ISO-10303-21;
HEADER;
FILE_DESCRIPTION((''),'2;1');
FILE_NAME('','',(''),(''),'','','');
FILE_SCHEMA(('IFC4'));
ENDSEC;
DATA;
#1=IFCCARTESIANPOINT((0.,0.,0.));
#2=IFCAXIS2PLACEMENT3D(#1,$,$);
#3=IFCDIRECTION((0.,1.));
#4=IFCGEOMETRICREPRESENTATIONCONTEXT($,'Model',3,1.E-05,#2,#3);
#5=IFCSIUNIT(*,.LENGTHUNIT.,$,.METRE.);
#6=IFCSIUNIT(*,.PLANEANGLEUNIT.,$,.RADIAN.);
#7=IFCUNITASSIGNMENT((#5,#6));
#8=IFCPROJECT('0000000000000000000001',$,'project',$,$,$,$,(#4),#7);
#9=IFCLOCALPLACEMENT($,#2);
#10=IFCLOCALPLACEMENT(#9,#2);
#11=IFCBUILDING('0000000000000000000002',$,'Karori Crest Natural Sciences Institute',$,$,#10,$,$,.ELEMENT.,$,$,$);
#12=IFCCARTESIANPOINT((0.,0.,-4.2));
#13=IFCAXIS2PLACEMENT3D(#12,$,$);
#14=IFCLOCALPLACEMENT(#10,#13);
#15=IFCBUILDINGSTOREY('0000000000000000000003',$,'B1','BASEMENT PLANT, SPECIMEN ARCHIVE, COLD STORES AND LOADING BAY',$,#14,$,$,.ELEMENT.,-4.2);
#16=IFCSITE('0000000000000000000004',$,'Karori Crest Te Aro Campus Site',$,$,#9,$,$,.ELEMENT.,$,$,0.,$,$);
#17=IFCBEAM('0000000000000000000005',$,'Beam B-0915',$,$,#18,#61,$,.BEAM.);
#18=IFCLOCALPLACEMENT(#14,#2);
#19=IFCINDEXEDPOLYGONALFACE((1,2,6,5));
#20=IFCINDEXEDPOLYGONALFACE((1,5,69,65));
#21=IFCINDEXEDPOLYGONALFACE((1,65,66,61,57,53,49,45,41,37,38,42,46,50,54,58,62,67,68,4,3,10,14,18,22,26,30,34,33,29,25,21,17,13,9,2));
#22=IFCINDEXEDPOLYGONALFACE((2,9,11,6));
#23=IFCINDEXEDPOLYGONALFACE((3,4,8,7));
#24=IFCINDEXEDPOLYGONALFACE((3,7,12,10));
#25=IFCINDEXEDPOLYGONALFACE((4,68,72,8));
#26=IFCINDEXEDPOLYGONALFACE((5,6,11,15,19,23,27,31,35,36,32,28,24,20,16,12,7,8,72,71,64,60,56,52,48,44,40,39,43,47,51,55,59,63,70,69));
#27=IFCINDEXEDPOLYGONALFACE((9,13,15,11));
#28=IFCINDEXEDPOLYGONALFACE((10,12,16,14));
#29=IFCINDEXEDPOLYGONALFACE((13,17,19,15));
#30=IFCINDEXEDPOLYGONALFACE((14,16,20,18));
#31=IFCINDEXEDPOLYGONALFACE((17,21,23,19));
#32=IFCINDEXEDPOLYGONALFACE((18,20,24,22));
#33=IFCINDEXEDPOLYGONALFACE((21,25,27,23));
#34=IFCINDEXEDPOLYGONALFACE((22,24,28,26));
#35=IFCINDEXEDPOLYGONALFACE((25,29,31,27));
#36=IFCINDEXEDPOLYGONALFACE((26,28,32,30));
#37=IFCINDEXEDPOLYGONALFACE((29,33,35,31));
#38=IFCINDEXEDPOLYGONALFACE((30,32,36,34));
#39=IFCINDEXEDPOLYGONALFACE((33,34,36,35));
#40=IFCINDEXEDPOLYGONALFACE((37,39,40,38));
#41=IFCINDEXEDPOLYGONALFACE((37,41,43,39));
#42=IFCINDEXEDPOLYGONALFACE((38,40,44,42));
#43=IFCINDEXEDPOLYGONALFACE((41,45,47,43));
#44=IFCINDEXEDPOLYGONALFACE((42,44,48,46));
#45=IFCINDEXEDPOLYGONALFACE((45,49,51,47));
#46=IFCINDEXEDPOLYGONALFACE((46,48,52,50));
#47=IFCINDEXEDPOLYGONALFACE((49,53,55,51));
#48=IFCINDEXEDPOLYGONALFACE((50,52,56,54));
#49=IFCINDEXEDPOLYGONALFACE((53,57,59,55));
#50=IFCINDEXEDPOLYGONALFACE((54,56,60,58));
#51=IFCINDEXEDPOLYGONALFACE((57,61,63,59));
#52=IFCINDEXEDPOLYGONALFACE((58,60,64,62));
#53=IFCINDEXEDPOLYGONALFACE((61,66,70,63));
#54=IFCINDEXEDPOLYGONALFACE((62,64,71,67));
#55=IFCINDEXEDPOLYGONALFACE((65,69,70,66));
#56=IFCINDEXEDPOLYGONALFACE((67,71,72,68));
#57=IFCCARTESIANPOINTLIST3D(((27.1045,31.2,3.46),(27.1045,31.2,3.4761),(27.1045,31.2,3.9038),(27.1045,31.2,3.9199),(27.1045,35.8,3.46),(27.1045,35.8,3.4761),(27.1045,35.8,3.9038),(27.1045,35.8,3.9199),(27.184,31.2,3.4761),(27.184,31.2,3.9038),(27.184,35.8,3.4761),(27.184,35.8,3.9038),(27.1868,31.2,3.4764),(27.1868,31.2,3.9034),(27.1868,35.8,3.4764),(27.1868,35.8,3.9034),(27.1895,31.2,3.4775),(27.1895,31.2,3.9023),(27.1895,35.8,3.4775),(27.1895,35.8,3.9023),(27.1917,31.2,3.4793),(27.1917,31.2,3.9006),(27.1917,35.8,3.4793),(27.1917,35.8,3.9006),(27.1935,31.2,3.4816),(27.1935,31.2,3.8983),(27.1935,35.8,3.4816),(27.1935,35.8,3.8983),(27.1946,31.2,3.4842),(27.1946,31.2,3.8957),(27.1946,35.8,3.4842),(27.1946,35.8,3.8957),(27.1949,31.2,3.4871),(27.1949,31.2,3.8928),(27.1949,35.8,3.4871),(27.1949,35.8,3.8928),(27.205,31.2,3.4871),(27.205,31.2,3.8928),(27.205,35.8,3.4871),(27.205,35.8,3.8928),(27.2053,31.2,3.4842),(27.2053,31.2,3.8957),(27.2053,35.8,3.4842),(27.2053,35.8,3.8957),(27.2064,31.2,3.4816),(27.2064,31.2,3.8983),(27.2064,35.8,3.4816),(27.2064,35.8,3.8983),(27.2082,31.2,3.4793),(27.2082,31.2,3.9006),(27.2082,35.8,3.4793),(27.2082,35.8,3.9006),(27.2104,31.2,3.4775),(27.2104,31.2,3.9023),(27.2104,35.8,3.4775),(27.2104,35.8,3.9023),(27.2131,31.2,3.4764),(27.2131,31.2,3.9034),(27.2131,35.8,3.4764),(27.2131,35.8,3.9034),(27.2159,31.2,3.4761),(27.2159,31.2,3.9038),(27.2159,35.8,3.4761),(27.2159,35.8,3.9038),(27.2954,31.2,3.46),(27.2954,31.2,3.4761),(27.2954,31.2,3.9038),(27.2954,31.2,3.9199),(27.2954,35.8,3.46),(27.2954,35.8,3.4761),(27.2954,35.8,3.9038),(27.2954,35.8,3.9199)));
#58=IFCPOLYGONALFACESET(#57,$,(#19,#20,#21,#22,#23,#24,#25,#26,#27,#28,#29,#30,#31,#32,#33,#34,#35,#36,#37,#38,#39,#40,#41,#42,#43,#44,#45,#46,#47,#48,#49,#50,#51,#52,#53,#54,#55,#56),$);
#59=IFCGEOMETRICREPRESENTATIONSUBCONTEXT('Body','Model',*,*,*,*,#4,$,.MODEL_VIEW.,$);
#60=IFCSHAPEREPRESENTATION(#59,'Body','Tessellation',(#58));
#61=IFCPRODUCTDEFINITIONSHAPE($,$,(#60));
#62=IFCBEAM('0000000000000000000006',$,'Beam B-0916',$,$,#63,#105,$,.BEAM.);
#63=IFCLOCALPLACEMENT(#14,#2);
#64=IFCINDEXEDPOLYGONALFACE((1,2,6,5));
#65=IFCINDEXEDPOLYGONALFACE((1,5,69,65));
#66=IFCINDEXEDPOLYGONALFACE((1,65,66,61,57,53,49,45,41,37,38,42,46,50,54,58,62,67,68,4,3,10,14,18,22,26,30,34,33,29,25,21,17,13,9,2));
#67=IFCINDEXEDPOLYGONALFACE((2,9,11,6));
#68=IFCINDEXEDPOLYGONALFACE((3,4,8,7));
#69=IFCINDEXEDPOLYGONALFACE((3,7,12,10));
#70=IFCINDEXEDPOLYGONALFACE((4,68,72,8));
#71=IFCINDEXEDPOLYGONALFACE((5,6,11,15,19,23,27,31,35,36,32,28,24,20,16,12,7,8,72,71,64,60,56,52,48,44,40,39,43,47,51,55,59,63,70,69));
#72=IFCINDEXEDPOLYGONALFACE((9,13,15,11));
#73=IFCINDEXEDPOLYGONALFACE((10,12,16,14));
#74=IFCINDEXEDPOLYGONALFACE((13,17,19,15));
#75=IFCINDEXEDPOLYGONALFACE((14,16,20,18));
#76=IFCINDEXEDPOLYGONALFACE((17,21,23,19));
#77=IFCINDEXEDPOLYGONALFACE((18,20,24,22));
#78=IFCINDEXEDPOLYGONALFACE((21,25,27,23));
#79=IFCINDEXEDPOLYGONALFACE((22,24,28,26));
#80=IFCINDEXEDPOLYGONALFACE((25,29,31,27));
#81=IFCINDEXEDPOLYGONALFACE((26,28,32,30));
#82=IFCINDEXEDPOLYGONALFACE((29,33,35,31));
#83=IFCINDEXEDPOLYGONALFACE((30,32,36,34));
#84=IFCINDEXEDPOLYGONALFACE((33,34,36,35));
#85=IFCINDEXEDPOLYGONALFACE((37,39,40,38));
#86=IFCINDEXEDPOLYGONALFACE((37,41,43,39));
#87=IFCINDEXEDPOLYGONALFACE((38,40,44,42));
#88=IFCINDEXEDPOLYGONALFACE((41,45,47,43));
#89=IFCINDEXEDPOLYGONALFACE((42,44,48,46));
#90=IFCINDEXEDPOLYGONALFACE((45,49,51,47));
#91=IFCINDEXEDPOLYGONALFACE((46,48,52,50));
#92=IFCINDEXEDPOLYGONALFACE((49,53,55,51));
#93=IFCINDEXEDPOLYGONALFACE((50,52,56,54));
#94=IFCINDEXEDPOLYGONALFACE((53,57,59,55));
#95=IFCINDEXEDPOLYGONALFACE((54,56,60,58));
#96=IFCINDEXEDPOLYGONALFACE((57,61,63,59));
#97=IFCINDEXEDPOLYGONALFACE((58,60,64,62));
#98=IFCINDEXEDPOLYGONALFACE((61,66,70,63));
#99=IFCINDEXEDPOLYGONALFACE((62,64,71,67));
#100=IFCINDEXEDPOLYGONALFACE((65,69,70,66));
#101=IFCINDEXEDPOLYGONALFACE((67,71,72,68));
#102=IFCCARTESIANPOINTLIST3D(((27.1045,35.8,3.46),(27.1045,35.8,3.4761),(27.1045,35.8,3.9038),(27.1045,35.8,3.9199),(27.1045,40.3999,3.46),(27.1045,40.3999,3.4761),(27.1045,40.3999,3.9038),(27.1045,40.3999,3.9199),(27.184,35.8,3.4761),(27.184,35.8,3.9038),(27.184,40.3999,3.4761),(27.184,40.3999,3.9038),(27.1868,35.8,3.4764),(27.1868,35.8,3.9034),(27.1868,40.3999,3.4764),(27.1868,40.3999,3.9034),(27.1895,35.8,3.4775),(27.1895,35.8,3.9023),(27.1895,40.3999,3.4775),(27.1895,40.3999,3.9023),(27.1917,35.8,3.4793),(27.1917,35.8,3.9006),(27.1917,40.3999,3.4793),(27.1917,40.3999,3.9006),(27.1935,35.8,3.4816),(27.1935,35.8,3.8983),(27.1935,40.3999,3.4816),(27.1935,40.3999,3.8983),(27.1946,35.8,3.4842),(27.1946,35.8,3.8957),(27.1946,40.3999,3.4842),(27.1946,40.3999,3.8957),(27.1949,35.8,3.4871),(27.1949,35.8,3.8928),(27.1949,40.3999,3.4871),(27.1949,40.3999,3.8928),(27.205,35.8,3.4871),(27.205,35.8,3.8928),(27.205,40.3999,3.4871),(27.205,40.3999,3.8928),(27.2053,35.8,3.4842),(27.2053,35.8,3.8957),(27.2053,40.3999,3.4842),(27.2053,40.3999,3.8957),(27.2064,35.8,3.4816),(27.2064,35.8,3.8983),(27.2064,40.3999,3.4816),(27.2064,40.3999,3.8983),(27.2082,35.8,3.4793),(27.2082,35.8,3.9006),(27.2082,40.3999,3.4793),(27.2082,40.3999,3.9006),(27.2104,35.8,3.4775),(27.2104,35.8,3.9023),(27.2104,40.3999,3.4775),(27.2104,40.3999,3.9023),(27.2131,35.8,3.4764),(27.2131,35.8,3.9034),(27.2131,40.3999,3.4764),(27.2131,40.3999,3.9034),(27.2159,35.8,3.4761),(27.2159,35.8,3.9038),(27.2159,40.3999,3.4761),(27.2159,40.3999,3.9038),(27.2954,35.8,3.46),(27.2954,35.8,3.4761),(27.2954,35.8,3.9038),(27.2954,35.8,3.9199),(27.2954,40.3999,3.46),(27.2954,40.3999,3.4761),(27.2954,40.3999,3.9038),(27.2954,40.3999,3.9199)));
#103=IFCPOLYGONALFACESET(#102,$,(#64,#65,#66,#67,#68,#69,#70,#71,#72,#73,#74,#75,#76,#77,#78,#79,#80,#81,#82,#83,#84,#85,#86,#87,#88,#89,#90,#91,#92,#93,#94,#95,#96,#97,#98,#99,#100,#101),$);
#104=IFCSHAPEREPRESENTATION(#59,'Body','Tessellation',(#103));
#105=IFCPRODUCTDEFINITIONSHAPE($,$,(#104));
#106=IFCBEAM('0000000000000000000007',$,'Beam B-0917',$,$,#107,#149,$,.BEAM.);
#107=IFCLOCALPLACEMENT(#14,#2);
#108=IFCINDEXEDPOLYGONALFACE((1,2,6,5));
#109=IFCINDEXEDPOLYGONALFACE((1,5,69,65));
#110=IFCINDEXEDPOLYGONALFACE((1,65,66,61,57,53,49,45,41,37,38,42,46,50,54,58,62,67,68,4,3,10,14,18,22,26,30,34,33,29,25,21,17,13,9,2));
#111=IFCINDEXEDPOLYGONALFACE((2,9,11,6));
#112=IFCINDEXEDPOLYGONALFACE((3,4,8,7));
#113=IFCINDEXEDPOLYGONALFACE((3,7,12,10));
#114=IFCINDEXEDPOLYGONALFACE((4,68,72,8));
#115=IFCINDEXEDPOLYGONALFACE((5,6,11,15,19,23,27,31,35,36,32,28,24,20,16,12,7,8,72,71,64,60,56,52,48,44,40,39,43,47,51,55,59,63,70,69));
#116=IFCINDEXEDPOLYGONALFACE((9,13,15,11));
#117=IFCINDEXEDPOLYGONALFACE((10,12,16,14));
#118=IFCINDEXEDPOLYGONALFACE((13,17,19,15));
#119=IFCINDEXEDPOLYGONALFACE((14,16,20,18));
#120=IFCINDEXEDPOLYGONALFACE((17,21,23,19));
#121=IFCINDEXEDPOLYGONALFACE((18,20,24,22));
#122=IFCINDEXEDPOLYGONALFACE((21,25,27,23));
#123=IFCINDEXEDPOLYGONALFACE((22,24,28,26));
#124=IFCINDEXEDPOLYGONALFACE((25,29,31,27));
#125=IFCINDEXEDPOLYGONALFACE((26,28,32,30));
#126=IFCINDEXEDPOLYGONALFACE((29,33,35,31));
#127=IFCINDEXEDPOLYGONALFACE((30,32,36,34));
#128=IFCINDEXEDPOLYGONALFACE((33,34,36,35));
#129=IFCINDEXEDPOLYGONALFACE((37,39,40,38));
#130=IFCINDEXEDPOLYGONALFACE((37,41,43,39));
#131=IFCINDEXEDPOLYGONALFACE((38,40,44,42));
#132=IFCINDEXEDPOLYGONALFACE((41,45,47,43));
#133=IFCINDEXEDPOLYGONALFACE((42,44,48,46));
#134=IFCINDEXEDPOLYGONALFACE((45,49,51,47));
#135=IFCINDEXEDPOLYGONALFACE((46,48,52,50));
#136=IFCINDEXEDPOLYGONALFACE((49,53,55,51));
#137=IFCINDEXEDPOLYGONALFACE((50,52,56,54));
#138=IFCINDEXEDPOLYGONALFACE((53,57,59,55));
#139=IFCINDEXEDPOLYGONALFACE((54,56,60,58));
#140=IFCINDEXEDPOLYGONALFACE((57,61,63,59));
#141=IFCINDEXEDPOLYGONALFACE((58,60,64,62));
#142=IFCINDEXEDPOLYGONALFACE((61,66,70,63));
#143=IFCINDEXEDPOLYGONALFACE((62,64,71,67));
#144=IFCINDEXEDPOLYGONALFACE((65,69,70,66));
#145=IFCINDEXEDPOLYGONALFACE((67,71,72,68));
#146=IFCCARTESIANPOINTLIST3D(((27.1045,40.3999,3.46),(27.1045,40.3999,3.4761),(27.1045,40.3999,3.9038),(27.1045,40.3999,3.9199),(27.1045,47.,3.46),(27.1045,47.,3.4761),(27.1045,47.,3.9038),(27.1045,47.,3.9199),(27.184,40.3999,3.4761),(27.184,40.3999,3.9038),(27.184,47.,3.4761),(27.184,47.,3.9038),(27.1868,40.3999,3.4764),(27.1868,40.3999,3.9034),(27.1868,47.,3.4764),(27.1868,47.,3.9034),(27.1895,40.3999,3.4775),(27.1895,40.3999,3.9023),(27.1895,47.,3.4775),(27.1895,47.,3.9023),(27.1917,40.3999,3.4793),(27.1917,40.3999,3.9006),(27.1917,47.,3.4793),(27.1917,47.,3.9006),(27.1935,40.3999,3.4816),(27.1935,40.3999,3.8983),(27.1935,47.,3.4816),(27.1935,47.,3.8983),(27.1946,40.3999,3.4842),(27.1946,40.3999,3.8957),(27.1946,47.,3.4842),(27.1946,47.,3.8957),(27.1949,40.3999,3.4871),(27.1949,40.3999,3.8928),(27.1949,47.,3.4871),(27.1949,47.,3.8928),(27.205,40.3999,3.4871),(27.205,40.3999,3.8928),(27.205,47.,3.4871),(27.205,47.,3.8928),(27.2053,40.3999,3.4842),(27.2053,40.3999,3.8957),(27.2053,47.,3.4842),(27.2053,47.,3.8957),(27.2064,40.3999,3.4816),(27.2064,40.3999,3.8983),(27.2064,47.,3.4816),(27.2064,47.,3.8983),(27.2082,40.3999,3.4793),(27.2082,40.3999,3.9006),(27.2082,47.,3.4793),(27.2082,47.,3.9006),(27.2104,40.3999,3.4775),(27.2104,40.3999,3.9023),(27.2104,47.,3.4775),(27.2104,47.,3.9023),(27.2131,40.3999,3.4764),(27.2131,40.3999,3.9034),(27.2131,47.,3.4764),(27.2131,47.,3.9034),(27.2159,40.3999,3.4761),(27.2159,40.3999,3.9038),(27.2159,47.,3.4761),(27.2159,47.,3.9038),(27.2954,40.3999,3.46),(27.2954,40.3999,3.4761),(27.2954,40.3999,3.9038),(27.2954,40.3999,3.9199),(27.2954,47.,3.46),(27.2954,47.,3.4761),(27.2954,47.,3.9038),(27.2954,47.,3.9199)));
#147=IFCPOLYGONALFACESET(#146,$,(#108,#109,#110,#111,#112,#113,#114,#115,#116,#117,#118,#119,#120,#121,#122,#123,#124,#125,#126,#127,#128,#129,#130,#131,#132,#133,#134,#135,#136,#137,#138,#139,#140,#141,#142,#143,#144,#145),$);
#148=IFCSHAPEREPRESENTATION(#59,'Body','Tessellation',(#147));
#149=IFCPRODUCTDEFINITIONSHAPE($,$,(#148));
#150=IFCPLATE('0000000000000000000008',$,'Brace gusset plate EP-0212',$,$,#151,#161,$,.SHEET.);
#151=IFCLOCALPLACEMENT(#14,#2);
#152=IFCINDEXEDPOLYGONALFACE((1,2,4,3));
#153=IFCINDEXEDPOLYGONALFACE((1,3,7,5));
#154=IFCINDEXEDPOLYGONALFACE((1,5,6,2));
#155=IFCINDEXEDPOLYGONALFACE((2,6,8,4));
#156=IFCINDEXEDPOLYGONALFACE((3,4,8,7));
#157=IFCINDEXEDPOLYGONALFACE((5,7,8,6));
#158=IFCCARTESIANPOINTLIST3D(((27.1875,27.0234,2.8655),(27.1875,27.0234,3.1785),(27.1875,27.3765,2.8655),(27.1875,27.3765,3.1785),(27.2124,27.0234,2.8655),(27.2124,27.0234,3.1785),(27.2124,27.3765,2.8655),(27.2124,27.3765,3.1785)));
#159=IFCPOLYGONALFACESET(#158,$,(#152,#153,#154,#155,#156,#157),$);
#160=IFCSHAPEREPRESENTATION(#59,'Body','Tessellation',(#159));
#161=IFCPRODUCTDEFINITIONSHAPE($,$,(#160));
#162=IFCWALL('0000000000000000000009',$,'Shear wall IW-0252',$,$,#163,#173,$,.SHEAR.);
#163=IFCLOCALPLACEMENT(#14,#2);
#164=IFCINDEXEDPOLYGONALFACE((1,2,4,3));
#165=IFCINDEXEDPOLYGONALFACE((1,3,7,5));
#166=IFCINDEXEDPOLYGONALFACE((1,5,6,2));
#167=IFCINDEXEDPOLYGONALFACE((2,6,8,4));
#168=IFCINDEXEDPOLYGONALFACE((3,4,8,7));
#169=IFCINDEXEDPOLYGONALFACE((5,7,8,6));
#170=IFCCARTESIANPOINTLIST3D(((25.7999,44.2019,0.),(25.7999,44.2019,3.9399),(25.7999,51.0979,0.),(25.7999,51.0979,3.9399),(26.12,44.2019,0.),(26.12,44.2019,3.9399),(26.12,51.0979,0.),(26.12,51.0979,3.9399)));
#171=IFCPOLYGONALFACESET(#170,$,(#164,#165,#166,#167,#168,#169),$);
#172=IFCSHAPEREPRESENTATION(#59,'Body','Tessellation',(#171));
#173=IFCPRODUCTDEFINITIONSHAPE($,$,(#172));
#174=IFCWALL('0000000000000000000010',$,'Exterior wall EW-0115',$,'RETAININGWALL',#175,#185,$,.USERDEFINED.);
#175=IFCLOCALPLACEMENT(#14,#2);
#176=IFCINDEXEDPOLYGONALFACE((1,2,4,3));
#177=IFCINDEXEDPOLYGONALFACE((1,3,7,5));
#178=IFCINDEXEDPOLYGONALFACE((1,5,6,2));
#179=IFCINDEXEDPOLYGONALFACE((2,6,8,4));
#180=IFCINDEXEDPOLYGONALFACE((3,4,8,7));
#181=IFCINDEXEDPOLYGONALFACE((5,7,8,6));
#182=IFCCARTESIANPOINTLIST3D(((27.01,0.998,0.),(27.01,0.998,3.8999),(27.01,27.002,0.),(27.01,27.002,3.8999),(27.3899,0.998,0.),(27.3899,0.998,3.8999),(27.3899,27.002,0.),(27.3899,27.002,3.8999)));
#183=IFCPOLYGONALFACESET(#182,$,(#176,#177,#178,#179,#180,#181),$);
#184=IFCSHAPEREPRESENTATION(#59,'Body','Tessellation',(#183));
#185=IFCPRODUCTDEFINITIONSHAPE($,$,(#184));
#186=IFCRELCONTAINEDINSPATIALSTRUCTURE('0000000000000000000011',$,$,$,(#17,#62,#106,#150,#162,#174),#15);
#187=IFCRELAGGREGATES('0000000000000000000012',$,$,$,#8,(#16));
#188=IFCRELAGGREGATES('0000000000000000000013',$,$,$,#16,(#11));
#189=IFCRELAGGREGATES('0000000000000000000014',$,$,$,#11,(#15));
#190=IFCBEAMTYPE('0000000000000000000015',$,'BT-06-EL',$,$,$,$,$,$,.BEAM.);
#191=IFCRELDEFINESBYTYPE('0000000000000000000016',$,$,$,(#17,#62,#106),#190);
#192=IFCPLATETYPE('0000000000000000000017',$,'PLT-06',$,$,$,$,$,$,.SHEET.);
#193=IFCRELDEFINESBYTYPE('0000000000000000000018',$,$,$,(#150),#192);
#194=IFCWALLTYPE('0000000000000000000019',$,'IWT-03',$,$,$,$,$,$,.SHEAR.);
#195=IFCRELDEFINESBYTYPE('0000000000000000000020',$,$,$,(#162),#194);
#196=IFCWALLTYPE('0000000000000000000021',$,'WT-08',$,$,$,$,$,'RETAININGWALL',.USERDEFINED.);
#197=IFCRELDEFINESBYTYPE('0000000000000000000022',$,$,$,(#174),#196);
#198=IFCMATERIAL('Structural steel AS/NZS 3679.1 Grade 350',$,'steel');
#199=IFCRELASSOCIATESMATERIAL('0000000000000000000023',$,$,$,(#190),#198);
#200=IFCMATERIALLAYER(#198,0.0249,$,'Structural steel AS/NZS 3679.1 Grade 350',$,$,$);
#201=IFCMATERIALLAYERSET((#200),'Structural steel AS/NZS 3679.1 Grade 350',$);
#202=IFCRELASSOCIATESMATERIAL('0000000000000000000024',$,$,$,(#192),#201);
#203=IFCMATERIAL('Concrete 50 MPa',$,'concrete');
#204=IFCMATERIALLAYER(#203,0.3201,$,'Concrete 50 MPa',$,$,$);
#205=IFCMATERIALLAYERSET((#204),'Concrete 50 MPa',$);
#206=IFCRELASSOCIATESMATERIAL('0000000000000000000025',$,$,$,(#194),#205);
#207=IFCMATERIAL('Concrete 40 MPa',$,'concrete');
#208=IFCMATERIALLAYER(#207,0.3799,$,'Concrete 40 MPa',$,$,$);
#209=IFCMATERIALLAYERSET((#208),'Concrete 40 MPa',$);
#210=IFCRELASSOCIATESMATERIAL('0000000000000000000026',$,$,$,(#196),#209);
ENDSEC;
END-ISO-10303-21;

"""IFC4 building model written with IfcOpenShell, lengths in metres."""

from ifc_helpers import new_model, si_unit, direction, frame, frame_2d, origin, origin_2d, place, context, subcontext, project, spatial, rectangle, i_section, extrude, material, layer, layer_set, material_profile, profile_set, type_object, element, save


model = new_model("IFC4")

# Units and contexts
model_context = context("Model", 3, precision=1e-05, world=origin(), true_north=direction((0.0, 1.0)))
body_context = subcontext(model_context, "Body", "Model", "MODEL_VIEW")
ifc_project = project(units=[si_unit("LENGTHUNIT", "METRE"), si_unit("PLANEANGLEUNIT", "RADIAN")], contexts=[model_context])

# Site, building, storey
site_placement = place(None, origin())
site = spatial("IfcSite", under=ifc_project, at=site_placement, Name="Karori Crest Te Aro Campus Site", CompositionType="ELEMENT", RefElevation=0.0)
building_placement = place(site_placement, origin())
building = spatial("IfcBuilding", under=site, at=building_placement, Name="Karori Crest Natural Sciences Institute", CompositionType="ELEMENT")
storey_placement = place(building_placement, frame((0.0, 0.0, -4.2)))
storey = spatial("IfcBuildingStorey", under=building, at=storey_placement, Name="B1", Description="BASEMENT PLANT, SPECIMEN ARCHIVE, COLD STORES AND LOADING BAY", CompositionType="ELEMENT", Elevation=-4.2)

# Shared definitions
ifc_material_1 = material(Name="Concrete 40 MPa", Category="concrete")

# Shared definitions
ifc_material_2 = material(Name="Structural steel AS/NZS 3679.1 Grade 350", Category="steel")

# Beams
ifc_material_profile_1 = material_profile(ifc_material_2, i_section(OverallWidth=0.1909, OverallDepth=0.46, WebThickness=0.01, FlangeThickness=0.0161, FilletRadius=0.011, at=origin_2d()), Name="460UB82.1")
ifc_profile_set_1 = profile_set([ifc_material_profile_1], Name="Structural steel AS/NZS 3679.1 Grade 350")
beam_type = type_object("IfcBeamType", Name="BT-06-EL", PredefinedType="BEAM", material=ifc_profile_set_1)
beam_1_placement = place(storey_placement, frame((27.2, 31.2, 3.6899), z_axis=(0.0, 1.0, 0.0), x_axis=(-1.0, 0.0, 0.0)))
element("IfcBeam", 1, at=beam_1_placement, inside=storey, type_object=beam_type, Name="Beam B-0915", PredefinedType="BEAM", context=body_context, shape_type="SweptSolid", body=[
    extrude(i_section(OverallWidth=0.1909, OverallDepth=0.46, WebThickness=0.01, FlangeThickness=0.0161, FilletRadius=0.011, at=origin_2d()), origin(), (0.0, 0.0, 1.0), 4.6001),
])
beam_2_placement = place(storey_placement, frame((27.2, 35.8, 3.6899), z_axis=(0.0, 1.0, 0.0), x_axis=(-1.0, 0.0, 0.0)))
element("IfcBeam", 2, at=beam_2_placement, inside=storey, type_object=beam_type, Name="Beam B-0916", PredefinedType="BEAM", context=body_context, shape_type="SweptSolid", body=[
    extrude(i_section(OverallWidth=0.1909, OverallDepth=0.46, WebThickness=0.01, FlangeThickness=0.0161, FilletRadius=0.011, at=origin_2d()), origin(), (0.0, 0.0, 1.0), 4.5999),
])
beam_3_placement = place(storey_placement, frame((27.2, 40.3999, 3.6899), z_axis=(0.0, 1.0, 0.0), x_axis=(-1.0, 0.0, 0.0)))
element("IfcBeam", 3, at=beam_3_placement, inside=storey, type_object=beam_type, Name="Beam B-0917", PredefinedType="BEAM", context=body_context, shape_type="SweptSolid", body=[
    extrude(i_section(OverallWidth=0.1909, OverallDepth=0.46, WebThickness=0.01, FlangeThickness=0.0161, FilletRadius=0.011, at=origin_2d()), origin(), (0.0, 0.0, 1.0), 6.6001),
])

# Plate
ifc_layer_1 = layer(ifc_material_2, 0.0249, Name="Structural steel AS/NZS 3679.1 Grade 350")
ifc_layer_set_1 = layer_set([ifc_layer_1], Name="Structural steel AS/NZS 3679.1 Grade 350")
plate_type = type_object("IfcPlateType", Name="PLT-06", PredefinedType="SHEET", material=ifc_layer_set_1)
plate_placement = place(storey_placement, frame((27.2, 27.2, 2.8655), z_axis=(0.0, 0.0, 1.0), x_axis=(0.0, 1.0, 0.0)))
element("IfcPlate", 4, at=plate_placement, inside=storey, type_object=plate_type, Name="Brace gusset plate EP-0212", PredefinedType="SHEET", context=body_context, shape_type="SweptSolid", body=[
    extrude(rectangle(XDim=0.353, YDim=0.0249, at=origin_2d()), origin(), (0.0, 0.0, 1.0), 0.313),
])

# Walls
ifc_material_3 = material(Name="Concrete 50 MPa", Category="concrete")
ifc_layer_2 = layer(ifc_material_3, 0.3201, Name="Concrete 50 MPa")
ifc_layer_set_2 = layer_set([ifc_layer_2], Name="Concrete 50 MPa")
wall_type_1 = type_object("IfcWallType", Name="IWT-03", PredefinedType="SHEAR", material=ifc_layer_set_2)
wall_1_placement = place(storey_placement, frame((25.96, 44.2019, 0.0), z_axis=(0.0, 0.0, 1.0), x_axis=(0.0, 1.0, 0.0)))
element("IfcWall", 5, at=wall_1_placement, inside=storey, type_object=wall_type_1, Name="Shear wall IW-0252", PredefinedType="SHEAR", context=body_context, shape_type="SweptSolid", body=[
    extrude(rectangle(XDim=6.896, YDim=0.3201, at=frame_2d((3.448, 0.0))), origin(), (0.0, 0.0, 1.0), 3.9399),
])
ifc_layer_3 = layer(ifc_material_1, 0.3799, Name="Concrete 40 MPa")
ifc_layer_set_3 = layer_set([ifc_layer_3], Name="Concrete 40 MPa")
wall_type_2 = type_object("IfcWallType", Name="WT-08", ElementType="RETAININGWALL", PredefinedType="USERDEFINED", material=ifc_layer_set_3)
wall_2_placement = place(storey_placement, frame((27.2, 27.002, 0.0), z_axis=(0.0, 0.0, 1.0), x_axis=(0.0, -1.0, 0.0)))
element("IfcWall", 6, at=wall_2_placement, inside=storey, type_object=wall_type_2, Name="Exterior wall EW-0115", ObjectType="RETAININGWALL", PredefinedType="USERDEFINED", context=body_context, shape_type="SweptSolid", body=[
    extrude(rectangle(XDim=26.0039, YDim=0.3799, at=frame_2d((13.002, 0.0))), origin(), (0.0, 0.0, 1.0), 3.8999),
])

save(model, "model.ifc")
